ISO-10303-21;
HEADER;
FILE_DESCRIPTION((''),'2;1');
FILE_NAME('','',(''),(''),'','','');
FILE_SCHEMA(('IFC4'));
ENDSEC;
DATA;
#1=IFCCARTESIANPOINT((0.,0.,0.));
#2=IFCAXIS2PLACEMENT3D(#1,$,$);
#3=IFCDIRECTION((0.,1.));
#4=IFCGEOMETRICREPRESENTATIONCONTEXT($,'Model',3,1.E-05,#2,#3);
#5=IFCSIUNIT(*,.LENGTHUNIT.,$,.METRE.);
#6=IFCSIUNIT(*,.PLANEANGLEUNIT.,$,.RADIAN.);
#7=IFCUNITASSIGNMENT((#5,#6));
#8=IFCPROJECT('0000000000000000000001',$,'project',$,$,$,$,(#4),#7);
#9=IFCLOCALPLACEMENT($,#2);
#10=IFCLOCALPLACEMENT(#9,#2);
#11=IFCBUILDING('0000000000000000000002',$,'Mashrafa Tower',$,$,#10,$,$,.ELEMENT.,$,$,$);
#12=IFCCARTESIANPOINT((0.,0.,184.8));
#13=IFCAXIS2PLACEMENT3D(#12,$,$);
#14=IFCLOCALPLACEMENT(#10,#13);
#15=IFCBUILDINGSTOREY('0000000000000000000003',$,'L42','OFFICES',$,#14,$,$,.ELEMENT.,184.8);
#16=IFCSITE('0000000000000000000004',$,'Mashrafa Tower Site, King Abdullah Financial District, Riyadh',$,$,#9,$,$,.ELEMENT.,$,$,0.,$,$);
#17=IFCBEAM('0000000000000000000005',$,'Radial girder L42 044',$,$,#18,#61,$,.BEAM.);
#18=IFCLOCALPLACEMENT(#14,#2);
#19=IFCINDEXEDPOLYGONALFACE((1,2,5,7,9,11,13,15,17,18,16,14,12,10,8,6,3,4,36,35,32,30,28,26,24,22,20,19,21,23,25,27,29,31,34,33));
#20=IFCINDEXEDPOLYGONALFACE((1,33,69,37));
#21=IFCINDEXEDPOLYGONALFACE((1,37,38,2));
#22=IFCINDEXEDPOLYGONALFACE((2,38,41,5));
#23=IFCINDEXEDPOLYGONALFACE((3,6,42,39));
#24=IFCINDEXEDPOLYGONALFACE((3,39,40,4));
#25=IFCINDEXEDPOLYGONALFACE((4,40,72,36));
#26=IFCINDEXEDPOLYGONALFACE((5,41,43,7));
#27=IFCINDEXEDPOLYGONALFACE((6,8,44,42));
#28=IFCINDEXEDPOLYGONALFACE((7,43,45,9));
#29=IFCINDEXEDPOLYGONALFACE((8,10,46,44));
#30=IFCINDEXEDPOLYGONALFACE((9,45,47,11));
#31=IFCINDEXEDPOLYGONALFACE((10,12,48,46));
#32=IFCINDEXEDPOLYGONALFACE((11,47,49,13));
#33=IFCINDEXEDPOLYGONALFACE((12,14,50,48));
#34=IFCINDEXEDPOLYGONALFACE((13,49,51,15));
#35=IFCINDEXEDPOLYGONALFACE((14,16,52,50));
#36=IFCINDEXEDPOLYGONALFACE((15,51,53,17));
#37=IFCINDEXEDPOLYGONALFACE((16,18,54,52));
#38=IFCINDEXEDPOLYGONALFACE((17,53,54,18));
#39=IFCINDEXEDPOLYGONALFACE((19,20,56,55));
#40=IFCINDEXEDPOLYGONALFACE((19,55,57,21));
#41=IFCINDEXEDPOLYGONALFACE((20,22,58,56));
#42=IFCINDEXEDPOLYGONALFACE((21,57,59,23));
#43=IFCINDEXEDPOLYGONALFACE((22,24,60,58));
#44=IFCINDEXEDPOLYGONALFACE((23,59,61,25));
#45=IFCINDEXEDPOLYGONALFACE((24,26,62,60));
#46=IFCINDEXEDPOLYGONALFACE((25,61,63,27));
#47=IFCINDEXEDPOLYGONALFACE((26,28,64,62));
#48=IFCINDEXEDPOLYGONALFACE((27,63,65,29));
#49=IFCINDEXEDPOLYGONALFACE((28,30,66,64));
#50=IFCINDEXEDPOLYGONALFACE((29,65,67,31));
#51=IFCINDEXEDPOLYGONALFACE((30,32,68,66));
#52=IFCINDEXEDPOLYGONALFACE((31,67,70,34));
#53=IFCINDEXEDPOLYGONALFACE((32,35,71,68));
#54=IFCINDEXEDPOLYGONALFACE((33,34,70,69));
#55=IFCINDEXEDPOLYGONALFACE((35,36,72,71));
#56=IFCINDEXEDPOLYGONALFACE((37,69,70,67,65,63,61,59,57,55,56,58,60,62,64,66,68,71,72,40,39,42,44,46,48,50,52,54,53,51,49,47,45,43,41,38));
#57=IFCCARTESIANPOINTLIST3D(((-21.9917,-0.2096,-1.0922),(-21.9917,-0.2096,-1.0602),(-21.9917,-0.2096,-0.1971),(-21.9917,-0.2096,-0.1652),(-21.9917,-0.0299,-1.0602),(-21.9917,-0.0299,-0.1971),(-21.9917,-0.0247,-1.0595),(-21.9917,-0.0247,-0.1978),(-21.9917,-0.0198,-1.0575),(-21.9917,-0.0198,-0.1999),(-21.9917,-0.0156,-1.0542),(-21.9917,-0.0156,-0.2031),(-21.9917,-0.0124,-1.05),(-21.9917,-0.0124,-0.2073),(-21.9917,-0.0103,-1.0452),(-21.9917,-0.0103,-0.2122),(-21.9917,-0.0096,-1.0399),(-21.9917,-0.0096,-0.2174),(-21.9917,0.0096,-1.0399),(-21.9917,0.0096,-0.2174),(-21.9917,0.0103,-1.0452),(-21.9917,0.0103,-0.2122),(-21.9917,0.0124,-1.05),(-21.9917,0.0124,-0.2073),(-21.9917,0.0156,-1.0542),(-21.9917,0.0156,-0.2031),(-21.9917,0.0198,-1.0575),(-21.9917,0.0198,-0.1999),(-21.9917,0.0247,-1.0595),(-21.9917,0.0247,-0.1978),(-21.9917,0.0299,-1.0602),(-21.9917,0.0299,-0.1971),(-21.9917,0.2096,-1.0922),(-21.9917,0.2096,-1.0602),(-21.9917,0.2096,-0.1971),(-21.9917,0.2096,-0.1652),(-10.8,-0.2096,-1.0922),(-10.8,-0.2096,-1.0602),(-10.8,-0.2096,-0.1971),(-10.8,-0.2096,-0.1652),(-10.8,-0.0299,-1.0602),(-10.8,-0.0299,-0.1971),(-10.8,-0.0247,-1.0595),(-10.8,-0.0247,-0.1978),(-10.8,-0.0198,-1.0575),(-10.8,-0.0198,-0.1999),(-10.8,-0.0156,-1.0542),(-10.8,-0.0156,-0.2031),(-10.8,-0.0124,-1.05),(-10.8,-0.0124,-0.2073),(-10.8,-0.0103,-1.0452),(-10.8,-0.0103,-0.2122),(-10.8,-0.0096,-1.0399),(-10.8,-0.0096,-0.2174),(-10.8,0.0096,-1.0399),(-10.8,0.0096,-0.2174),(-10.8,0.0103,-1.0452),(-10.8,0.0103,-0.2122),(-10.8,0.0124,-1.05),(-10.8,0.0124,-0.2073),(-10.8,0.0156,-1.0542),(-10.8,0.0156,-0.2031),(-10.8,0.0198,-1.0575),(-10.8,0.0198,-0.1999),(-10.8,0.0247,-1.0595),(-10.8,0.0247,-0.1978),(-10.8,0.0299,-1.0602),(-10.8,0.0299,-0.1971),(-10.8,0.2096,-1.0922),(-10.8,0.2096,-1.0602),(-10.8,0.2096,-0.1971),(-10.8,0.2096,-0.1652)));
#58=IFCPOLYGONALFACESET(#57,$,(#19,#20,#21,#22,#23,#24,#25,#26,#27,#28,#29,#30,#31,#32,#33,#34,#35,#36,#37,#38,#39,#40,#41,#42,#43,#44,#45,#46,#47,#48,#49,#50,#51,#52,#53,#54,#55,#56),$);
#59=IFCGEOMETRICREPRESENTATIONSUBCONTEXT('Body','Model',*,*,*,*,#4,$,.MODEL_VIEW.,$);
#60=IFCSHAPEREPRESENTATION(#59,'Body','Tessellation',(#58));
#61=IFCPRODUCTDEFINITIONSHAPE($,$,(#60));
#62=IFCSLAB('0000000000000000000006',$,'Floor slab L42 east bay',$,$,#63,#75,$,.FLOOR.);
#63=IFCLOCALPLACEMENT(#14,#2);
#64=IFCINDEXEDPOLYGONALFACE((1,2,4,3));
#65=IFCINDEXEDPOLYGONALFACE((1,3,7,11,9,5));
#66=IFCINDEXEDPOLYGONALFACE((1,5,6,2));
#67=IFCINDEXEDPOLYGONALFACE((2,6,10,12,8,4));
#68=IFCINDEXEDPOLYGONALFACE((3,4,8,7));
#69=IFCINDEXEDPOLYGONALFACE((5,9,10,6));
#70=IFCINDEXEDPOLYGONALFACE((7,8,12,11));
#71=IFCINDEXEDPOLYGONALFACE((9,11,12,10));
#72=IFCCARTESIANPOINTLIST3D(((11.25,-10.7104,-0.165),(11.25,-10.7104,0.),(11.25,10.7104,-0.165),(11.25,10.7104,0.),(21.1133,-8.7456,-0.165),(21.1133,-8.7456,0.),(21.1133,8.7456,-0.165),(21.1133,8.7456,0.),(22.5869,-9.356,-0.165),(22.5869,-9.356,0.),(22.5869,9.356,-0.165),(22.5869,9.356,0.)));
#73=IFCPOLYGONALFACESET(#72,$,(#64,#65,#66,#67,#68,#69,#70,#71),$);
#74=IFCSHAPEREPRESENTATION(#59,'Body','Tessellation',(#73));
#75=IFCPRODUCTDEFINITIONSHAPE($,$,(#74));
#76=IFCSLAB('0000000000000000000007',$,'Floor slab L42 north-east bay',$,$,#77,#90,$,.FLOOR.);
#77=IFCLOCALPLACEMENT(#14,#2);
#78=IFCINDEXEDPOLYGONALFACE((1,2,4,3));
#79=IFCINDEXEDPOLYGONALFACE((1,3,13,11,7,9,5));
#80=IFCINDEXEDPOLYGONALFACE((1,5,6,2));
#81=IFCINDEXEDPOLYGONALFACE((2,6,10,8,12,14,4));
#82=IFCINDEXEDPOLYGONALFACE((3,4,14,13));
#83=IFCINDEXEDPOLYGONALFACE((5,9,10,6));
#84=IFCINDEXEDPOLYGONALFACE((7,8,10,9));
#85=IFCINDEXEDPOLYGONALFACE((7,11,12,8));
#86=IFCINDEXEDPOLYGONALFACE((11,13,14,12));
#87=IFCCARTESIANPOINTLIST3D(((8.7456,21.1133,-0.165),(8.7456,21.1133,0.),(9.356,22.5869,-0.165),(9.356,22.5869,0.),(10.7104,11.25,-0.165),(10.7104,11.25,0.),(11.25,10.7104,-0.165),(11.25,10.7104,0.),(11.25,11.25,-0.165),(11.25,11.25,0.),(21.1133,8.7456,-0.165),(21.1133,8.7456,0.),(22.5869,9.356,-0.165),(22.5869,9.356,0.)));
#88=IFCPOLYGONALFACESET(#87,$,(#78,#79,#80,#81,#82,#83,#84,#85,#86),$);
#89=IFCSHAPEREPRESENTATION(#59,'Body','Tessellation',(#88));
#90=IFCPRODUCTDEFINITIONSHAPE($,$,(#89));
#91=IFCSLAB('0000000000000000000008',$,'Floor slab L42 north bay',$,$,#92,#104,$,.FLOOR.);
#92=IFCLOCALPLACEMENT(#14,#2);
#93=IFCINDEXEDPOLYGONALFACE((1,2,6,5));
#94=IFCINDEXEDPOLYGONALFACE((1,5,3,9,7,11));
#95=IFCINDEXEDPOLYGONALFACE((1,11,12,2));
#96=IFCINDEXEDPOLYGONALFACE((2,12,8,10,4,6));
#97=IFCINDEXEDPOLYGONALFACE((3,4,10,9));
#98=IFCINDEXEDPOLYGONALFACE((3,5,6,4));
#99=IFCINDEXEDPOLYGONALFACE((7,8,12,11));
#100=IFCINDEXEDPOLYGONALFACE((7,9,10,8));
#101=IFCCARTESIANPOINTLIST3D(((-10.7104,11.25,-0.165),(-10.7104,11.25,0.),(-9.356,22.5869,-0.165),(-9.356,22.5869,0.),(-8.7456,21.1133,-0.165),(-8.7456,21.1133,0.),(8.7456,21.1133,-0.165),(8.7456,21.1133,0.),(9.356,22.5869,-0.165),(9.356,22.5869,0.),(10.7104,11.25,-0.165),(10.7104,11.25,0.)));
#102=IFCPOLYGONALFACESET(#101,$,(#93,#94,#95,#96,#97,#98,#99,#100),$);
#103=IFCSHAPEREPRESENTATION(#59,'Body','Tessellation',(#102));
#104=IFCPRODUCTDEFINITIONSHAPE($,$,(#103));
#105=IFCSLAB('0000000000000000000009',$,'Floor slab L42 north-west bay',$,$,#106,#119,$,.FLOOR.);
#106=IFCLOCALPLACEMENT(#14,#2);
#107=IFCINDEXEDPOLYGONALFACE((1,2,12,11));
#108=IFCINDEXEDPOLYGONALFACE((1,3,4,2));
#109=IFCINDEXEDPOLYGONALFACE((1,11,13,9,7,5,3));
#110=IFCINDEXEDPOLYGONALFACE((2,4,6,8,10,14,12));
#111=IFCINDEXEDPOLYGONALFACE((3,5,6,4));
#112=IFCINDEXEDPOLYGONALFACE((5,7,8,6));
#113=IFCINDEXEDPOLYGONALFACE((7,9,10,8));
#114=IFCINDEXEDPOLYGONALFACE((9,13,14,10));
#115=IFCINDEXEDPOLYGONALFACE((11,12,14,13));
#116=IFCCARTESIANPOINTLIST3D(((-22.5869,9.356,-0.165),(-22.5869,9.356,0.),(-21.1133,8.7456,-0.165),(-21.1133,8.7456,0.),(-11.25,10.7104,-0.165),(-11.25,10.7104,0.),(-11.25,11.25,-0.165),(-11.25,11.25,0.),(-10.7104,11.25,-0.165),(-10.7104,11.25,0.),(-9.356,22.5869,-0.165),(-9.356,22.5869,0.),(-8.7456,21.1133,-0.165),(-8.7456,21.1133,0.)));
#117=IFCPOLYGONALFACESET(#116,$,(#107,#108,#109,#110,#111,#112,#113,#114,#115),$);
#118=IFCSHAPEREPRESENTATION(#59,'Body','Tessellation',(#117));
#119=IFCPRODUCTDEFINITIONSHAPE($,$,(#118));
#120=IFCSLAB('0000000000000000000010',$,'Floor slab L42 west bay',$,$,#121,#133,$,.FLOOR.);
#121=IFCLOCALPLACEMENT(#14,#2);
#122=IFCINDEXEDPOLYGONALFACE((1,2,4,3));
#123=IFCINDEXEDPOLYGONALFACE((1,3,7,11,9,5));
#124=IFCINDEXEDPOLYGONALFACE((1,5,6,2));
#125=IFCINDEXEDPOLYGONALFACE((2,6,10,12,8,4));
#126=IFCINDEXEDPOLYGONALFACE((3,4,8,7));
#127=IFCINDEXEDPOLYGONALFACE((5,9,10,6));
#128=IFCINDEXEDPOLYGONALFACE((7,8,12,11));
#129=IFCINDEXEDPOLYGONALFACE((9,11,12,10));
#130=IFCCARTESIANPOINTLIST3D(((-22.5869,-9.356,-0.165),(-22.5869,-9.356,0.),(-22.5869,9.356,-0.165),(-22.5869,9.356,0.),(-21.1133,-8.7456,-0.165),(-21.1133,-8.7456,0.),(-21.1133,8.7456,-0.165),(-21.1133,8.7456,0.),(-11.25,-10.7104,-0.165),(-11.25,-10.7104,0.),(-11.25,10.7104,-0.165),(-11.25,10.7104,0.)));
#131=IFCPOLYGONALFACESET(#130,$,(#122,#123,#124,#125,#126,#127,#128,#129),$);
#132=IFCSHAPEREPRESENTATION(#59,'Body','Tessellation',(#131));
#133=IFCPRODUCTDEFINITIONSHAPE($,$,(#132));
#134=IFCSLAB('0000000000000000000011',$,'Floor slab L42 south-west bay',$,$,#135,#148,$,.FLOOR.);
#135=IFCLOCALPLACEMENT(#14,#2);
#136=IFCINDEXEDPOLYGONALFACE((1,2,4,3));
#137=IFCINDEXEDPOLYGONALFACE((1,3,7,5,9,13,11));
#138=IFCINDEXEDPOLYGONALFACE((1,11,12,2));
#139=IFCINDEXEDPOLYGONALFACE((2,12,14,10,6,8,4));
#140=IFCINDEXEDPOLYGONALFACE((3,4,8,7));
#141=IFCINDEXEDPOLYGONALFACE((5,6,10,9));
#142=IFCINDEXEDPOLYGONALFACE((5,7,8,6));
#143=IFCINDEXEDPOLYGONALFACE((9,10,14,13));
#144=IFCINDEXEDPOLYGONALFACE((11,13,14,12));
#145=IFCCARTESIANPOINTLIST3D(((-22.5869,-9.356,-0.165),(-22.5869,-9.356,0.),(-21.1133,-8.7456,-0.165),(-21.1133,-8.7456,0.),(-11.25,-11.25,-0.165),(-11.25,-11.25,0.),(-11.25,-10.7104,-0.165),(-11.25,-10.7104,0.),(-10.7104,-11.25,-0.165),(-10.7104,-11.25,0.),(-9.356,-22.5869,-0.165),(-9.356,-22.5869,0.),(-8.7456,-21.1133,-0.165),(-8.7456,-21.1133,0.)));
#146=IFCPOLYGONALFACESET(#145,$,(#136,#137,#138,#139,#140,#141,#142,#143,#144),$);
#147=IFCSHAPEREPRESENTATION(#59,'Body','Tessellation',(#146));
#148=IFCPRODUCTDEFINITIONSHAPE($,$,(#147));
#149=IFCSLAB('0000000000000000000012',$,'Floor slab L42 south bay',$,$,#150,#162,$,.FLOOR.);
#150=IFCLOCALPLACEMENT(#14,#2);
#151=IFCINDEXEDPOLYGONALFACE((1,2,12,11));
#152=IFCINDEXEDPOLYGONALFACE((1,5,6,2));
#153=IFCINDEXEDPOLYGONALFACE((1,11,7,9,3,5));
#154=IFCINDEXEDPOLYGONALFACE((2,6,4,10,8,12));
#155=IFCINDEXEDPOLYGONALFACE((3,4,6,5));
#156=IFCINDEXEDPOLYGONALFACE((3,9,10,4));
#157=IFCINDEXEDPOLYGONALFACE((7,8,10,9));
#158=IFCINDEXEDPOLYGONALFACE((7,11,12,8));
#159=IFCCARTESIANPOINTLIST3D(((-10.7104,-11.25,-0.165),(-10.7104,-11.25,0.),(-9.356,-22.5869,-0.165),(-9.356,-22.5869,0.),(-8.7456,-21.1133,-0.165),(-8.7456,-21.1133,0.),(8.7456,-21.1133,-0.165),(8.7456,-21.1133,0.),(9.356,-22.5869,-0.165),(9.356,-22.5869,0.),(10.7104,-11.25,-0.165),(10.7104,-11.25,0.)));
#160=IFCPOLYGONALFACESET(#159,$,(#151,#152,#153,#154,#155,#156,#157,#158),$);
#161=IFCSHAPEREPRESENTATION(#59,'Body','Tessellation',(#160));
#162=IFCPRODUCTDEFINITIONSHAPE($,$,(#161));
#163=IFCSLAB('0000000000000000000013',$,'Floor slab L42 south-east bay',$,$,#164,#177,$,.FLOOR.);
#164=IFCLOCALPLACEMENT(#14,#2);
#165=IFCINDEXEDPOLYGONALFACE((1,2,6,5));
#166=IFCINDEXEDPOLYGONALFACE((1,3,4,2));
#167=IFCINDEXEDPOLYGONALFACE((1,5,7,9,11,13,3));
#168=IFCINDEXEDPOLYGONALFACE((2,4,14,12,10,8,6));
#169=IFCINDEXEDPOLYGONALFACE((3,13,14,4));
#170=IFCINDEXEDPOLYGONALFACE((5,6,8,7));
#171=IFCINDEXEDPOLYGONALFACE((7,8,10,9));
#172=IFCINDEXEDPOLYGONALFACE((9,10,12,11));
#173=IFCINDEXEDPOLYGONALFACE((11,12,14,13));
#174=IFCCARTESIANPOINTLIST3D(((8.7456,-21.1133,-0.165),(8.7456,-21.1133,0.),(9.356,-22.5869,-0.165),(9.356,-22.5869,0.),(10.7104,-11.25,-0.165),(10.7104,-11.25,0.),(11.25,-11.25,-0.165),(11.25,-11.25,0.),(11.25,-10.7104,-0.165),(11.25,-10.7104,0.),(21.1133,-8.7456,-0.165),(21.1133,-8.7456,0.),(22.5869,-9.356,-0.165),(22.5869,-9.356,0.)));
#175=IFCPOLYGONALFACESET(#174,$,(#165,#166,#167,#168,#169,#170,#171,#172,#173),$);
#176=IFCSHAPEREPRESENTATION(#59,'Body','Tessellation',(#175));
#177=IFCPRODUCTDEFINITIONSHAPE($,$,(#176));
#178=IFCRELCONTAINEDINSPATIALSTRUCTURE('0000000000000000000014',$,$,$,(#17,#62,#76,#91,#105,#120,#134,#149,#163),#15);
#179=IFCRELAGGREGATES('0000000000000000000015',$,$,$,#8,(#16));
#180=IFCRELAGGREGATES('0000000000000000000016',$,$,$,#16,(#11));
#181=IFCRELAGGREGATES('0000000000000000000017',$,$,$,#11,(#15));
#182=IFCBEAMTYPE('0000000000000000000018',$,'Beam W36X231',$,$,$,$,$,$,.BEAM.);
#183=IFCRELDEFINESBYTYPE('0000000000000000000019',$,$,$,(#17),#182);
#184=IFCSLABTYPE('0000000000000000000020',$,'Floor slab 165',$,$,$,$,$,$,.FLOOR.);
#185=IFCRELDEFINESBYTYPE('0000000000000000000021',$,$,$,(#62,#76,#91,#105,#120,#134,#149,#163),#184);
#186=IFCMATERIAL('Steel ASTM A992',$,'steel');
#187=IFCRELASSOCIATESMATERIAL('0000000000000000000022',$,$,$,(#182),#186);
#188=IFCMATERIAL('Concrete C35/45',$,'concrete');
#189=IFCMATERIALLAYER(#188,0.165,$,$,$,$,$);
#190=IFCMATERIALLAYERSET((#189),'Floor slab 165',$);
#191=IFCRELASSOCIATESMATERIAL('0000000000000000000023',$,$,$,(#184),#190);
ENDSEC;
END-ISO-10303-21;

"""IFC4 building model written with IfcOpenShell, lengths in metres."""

from ifc_helpers import new_model, si_unit, direction, frame, origin, origin_2d, place, context, subcontext, project, spatial, polyline, i_section, outline, extrude, material, layer, layer_set, material_profile, profile_set, type_object, element, save


model = new_model("IFC4")

# Units and contexts
model_context = context("Model", 3, precision=1e-05, world=origin(), true_north=direction((0.0, 1.0)))
body_context = subcontext(model_context, "Body", "Model", "MODEL_VIEW")
ifc_project = project(units=[si_unit("LENGTHUNIT", "METRE"), si_unit("PLANEANGLEUNIT", "RADIAN")], contexts=[model_context])

# Site, building, storey
site_placement = place(None, origin())
site = spatial("IfcSite", under=ifc_project, at=site_placement, Name="Mashrafa Tower Site, King Abdullah Financial District, Riyadh", CompositionType="ELEMENT", RefElevation=0.0)
building_placement = place(site_placement, origin())
building = spatial("IfcBuilding", under=site, at=building_placement, Name="Mashrafa Tower", CompositionType="ELEMENT")
storey_placement = place(building_placement, frame((0.0, 0.0, 184.8)))
storey = spatial("IfcBuildingStorey", under=building, at=storey_placement, Name="L42", Description="OFFICES", CompositionType="ELEMENT", Elevation=184.8)

# Beam
ifc_material_1 = material(Name="Steel ASTM A992", Category="steel")
ifc_material_profile = material_profile(ifc_material_1, i_section(OverallWidth=0.4192, OverallDepth=0.927, WebThickness=0.0193, FlangeThickness=0.032, FilletRadius=0.0203, at=origin_2d()), Name="W36X231")
ifc_profile_set = profile_set([ifc_material_profile], Name="Steel ASTM A992")
beam_type = type_object("IfcBeamType", Name="Beam W36X231", PredefinedType="BEAM", material=ifc_profile_set)
beam_placement = place(storey_placement, frame((-10.8, 0.0, -0.6287), z_axis=(-1.0, 0.0, 0.0), x_axis=(0.0, -1.0, 0.0)))
element("IfcBeam", 1, at=beam_placement, inside=storey, type_object=beam_type, Name="Radial girder L42 044", PredefinedType="BEAM", context=body_context, shape_type="SweptSolid", body=[
    extrude(i_section(OverallWidth=0.4192, OverallDepth=0.927, WebThickness=0.0193, FlangeThickness=0.032, FilletRadius=0.0203, at=origin_2d()), origin(), (0.0, 0.0, 1.0), 11.1917),
])

# Slabs
ifc_material_2 = material(Name="Concrete C35/45", Category="concrete")
ifc_layer_1 = layer(ifc_material_2, 0.165)
ifc_layer_set_1 = layer_set([ifc_layer_1], Name="Floor slab 165")
slab_type = type_object("IfcSlabType", Name="Floor slab 165", PredefinedType="FLOOR", material=ifc_layer_set_1)
slab_1_placement = place(storey_placement, frame((0.0, 0.0, -0.165)))
element("IfcSlab", 2, at=slab_1_placement, inside=storey, type_object=slab_type, Name="Floor slab L42 east bay", PredefinedType="FLOOR", context=body_context, shape_type="SweptSolid", body=[
    extrude(outline(polyline([(22.5869, 9.356), (22.5869, -9.356), (22.5869, -9.356), (21.1133, -8.7456), (11.25, -10.7104), (11.25, 10.7104), (21.1133, 8.7456), (22.5869, 9.356), (22.5869, 9.356)])), origin(), (0.0, 0.0, 1.0), 0.165),
])
slab_2_placement = place(storey_placement, frame((0.0, 0.0, -0.165)))
element("IfcSlab", 3, at=slab_2_placement, inside=storey, type_object=slab_type, Name="Floor slab L42 north-east bay", PredefinedType="FLOOR", context=body_context, shape_type="SweptSolid", body=[
    extrude(outline(polyline([(22.5869, 9.356), (21.1133, 8.7456), (11.25, 10.7104), (11.25, 11.25), (10.7104, 11.25), (8.7456, 21.1133), (9.356, 22.5869), (22.5869, 9.356)])), origin(), (0.0, 0.0, 1.0), 0.165),
])
slab_3_placement = place(storey_placement, frame((0.0, 0.0, -0.165)))
element("IfcSlab", 4, at=slab_3_placement, inside=storey, type_object=slab_type, Name="Floor slab L42 north bay", PredefinedType="FLOOR", context=body_context, shape_type="SweptSolid", body=[
    extrude(outline(polyline([(-9.356, 22.5869), (9.356, 22.5869), (9.356, 22.5869), (8.7456, 21.1133), (10.7104, 11.25), (-10.7104, 11.25), (-8.7456, 21.1133), (-9.356, 22.5869), (-9.356, 22.5869)])), origin(), (0.0, 0.0, 1.0), 0.165),
])
slab_4_placement = place(storey_placement, frame((0.0, 0.0, -0.165)))
element("IfcSlab", 5, at=slab_4_placement, inside=storey, type_object=slab_type, Name="Floor slab L42 north-west bay", PredefinedType="FLOOR", context=body_context, shape_type="SweptSolid", body=[
    extrude(outline(polyline([(-9.356, 22.5869), (-8.7456, 21.1133), (-10.7104, 11.25), (-11.25, 11.25), (-11.25, 10.7104), (-21.1133, 8.7456), (-22.5869, 9.356), (-9.356, 22.5869)])), origin(), (0.0, 0.0, 1.0), 0.165),
])
slab_5_placement = place(storey_placement, frame((0.0, 0.0, -0.165)))
element("IfcSlab", 6, at=slab_5_placement, inside=storey, type_object=slab_type, Name="Floor slab L42 west bay", PredefinedType="FLOOR", context=body_context, shape_type="SweptSolid", body=[
    extrude(outline(polyline([(-22.5869, -9.356), (-22.5869, 9.356), (-22.5869, 9.356), (-21.1133, 8.7456), (-11.25, 10.7104), (-11.25, -10.7104), (-21.1133, -8.7456), (-22.5869, -9.356), (-22.5869, -9.356)])), origin(), (0.0, 0.0, 1.0), 0.165),
])
slab_6_placement = place(storey_placement, frame((0.0, 0.0, -0.165)))
element("IfcSlab", 7, at=slab_6_placement, inside=storey, type_object=slab_type, Name="Floor slab L42 south-west bay", PredefinedType="FLOOR", context=body_context, shape_type="SweptSolid", body=[
    extrude(outline(polyline([(-22.5869, -9.356), (-21.1133, -8.7456), (-11.25, -10.7104), (-11.25, -11.25), (-10.7104, -11.25), (-8.7456, -21.1133), (-9.356, -22.5869), (-22.5869, -9.356)])), origin(), (0.0, 0.0, 1.0), 0.165),
])
slab_7_placement = place(storey_placement, frame((0.0, 0.0, -0.165)))
element("IfcSlab", 8, at=slab_7_placement, inside=storey, type_object=slab_type, Name="Floor slab L42 south bay", PredefinedType="FLOOR", context=body_context, shape_type="SweptSolid", body=[
    extrude(outline(polyline([(-9.356, -22.5869), (-9.356, -22.5869), (-8.7456, -21.1133), (-10.7104, -11.25), (10.7104, -11.25), (8.7456, -21.1133), (9.356, -22.5869), (9.356, -22.5869), (-9.356, -22.5869)])), origin(), (0.0, 0.0, 1.0), 0.165),
])
slab_8_placement = place(storey_placement, frame((0.0, 0.0, -0.165)))
element("IfcSlab", 9, at=slab_8_placement, inside=storey, type_object=slab_type, Name="Floor slab L42 south-east bay", PredefinedType="FLOOR", context=body_context, shape_type="SweptSolid", body=[
    extrude(outline(polyline([(9.356, -22.5869), (8.7456, -21.1133), (10.7104, -11.25), (11.25, -11.25), (11.25, -10.7104), (21.1133, -8.7456), (22.5869, -9.356), (9.356, -22.5869)])), origin(), (0.0, 0.0, 1.0), 0.165),
])

save(model, "model.ifc")
